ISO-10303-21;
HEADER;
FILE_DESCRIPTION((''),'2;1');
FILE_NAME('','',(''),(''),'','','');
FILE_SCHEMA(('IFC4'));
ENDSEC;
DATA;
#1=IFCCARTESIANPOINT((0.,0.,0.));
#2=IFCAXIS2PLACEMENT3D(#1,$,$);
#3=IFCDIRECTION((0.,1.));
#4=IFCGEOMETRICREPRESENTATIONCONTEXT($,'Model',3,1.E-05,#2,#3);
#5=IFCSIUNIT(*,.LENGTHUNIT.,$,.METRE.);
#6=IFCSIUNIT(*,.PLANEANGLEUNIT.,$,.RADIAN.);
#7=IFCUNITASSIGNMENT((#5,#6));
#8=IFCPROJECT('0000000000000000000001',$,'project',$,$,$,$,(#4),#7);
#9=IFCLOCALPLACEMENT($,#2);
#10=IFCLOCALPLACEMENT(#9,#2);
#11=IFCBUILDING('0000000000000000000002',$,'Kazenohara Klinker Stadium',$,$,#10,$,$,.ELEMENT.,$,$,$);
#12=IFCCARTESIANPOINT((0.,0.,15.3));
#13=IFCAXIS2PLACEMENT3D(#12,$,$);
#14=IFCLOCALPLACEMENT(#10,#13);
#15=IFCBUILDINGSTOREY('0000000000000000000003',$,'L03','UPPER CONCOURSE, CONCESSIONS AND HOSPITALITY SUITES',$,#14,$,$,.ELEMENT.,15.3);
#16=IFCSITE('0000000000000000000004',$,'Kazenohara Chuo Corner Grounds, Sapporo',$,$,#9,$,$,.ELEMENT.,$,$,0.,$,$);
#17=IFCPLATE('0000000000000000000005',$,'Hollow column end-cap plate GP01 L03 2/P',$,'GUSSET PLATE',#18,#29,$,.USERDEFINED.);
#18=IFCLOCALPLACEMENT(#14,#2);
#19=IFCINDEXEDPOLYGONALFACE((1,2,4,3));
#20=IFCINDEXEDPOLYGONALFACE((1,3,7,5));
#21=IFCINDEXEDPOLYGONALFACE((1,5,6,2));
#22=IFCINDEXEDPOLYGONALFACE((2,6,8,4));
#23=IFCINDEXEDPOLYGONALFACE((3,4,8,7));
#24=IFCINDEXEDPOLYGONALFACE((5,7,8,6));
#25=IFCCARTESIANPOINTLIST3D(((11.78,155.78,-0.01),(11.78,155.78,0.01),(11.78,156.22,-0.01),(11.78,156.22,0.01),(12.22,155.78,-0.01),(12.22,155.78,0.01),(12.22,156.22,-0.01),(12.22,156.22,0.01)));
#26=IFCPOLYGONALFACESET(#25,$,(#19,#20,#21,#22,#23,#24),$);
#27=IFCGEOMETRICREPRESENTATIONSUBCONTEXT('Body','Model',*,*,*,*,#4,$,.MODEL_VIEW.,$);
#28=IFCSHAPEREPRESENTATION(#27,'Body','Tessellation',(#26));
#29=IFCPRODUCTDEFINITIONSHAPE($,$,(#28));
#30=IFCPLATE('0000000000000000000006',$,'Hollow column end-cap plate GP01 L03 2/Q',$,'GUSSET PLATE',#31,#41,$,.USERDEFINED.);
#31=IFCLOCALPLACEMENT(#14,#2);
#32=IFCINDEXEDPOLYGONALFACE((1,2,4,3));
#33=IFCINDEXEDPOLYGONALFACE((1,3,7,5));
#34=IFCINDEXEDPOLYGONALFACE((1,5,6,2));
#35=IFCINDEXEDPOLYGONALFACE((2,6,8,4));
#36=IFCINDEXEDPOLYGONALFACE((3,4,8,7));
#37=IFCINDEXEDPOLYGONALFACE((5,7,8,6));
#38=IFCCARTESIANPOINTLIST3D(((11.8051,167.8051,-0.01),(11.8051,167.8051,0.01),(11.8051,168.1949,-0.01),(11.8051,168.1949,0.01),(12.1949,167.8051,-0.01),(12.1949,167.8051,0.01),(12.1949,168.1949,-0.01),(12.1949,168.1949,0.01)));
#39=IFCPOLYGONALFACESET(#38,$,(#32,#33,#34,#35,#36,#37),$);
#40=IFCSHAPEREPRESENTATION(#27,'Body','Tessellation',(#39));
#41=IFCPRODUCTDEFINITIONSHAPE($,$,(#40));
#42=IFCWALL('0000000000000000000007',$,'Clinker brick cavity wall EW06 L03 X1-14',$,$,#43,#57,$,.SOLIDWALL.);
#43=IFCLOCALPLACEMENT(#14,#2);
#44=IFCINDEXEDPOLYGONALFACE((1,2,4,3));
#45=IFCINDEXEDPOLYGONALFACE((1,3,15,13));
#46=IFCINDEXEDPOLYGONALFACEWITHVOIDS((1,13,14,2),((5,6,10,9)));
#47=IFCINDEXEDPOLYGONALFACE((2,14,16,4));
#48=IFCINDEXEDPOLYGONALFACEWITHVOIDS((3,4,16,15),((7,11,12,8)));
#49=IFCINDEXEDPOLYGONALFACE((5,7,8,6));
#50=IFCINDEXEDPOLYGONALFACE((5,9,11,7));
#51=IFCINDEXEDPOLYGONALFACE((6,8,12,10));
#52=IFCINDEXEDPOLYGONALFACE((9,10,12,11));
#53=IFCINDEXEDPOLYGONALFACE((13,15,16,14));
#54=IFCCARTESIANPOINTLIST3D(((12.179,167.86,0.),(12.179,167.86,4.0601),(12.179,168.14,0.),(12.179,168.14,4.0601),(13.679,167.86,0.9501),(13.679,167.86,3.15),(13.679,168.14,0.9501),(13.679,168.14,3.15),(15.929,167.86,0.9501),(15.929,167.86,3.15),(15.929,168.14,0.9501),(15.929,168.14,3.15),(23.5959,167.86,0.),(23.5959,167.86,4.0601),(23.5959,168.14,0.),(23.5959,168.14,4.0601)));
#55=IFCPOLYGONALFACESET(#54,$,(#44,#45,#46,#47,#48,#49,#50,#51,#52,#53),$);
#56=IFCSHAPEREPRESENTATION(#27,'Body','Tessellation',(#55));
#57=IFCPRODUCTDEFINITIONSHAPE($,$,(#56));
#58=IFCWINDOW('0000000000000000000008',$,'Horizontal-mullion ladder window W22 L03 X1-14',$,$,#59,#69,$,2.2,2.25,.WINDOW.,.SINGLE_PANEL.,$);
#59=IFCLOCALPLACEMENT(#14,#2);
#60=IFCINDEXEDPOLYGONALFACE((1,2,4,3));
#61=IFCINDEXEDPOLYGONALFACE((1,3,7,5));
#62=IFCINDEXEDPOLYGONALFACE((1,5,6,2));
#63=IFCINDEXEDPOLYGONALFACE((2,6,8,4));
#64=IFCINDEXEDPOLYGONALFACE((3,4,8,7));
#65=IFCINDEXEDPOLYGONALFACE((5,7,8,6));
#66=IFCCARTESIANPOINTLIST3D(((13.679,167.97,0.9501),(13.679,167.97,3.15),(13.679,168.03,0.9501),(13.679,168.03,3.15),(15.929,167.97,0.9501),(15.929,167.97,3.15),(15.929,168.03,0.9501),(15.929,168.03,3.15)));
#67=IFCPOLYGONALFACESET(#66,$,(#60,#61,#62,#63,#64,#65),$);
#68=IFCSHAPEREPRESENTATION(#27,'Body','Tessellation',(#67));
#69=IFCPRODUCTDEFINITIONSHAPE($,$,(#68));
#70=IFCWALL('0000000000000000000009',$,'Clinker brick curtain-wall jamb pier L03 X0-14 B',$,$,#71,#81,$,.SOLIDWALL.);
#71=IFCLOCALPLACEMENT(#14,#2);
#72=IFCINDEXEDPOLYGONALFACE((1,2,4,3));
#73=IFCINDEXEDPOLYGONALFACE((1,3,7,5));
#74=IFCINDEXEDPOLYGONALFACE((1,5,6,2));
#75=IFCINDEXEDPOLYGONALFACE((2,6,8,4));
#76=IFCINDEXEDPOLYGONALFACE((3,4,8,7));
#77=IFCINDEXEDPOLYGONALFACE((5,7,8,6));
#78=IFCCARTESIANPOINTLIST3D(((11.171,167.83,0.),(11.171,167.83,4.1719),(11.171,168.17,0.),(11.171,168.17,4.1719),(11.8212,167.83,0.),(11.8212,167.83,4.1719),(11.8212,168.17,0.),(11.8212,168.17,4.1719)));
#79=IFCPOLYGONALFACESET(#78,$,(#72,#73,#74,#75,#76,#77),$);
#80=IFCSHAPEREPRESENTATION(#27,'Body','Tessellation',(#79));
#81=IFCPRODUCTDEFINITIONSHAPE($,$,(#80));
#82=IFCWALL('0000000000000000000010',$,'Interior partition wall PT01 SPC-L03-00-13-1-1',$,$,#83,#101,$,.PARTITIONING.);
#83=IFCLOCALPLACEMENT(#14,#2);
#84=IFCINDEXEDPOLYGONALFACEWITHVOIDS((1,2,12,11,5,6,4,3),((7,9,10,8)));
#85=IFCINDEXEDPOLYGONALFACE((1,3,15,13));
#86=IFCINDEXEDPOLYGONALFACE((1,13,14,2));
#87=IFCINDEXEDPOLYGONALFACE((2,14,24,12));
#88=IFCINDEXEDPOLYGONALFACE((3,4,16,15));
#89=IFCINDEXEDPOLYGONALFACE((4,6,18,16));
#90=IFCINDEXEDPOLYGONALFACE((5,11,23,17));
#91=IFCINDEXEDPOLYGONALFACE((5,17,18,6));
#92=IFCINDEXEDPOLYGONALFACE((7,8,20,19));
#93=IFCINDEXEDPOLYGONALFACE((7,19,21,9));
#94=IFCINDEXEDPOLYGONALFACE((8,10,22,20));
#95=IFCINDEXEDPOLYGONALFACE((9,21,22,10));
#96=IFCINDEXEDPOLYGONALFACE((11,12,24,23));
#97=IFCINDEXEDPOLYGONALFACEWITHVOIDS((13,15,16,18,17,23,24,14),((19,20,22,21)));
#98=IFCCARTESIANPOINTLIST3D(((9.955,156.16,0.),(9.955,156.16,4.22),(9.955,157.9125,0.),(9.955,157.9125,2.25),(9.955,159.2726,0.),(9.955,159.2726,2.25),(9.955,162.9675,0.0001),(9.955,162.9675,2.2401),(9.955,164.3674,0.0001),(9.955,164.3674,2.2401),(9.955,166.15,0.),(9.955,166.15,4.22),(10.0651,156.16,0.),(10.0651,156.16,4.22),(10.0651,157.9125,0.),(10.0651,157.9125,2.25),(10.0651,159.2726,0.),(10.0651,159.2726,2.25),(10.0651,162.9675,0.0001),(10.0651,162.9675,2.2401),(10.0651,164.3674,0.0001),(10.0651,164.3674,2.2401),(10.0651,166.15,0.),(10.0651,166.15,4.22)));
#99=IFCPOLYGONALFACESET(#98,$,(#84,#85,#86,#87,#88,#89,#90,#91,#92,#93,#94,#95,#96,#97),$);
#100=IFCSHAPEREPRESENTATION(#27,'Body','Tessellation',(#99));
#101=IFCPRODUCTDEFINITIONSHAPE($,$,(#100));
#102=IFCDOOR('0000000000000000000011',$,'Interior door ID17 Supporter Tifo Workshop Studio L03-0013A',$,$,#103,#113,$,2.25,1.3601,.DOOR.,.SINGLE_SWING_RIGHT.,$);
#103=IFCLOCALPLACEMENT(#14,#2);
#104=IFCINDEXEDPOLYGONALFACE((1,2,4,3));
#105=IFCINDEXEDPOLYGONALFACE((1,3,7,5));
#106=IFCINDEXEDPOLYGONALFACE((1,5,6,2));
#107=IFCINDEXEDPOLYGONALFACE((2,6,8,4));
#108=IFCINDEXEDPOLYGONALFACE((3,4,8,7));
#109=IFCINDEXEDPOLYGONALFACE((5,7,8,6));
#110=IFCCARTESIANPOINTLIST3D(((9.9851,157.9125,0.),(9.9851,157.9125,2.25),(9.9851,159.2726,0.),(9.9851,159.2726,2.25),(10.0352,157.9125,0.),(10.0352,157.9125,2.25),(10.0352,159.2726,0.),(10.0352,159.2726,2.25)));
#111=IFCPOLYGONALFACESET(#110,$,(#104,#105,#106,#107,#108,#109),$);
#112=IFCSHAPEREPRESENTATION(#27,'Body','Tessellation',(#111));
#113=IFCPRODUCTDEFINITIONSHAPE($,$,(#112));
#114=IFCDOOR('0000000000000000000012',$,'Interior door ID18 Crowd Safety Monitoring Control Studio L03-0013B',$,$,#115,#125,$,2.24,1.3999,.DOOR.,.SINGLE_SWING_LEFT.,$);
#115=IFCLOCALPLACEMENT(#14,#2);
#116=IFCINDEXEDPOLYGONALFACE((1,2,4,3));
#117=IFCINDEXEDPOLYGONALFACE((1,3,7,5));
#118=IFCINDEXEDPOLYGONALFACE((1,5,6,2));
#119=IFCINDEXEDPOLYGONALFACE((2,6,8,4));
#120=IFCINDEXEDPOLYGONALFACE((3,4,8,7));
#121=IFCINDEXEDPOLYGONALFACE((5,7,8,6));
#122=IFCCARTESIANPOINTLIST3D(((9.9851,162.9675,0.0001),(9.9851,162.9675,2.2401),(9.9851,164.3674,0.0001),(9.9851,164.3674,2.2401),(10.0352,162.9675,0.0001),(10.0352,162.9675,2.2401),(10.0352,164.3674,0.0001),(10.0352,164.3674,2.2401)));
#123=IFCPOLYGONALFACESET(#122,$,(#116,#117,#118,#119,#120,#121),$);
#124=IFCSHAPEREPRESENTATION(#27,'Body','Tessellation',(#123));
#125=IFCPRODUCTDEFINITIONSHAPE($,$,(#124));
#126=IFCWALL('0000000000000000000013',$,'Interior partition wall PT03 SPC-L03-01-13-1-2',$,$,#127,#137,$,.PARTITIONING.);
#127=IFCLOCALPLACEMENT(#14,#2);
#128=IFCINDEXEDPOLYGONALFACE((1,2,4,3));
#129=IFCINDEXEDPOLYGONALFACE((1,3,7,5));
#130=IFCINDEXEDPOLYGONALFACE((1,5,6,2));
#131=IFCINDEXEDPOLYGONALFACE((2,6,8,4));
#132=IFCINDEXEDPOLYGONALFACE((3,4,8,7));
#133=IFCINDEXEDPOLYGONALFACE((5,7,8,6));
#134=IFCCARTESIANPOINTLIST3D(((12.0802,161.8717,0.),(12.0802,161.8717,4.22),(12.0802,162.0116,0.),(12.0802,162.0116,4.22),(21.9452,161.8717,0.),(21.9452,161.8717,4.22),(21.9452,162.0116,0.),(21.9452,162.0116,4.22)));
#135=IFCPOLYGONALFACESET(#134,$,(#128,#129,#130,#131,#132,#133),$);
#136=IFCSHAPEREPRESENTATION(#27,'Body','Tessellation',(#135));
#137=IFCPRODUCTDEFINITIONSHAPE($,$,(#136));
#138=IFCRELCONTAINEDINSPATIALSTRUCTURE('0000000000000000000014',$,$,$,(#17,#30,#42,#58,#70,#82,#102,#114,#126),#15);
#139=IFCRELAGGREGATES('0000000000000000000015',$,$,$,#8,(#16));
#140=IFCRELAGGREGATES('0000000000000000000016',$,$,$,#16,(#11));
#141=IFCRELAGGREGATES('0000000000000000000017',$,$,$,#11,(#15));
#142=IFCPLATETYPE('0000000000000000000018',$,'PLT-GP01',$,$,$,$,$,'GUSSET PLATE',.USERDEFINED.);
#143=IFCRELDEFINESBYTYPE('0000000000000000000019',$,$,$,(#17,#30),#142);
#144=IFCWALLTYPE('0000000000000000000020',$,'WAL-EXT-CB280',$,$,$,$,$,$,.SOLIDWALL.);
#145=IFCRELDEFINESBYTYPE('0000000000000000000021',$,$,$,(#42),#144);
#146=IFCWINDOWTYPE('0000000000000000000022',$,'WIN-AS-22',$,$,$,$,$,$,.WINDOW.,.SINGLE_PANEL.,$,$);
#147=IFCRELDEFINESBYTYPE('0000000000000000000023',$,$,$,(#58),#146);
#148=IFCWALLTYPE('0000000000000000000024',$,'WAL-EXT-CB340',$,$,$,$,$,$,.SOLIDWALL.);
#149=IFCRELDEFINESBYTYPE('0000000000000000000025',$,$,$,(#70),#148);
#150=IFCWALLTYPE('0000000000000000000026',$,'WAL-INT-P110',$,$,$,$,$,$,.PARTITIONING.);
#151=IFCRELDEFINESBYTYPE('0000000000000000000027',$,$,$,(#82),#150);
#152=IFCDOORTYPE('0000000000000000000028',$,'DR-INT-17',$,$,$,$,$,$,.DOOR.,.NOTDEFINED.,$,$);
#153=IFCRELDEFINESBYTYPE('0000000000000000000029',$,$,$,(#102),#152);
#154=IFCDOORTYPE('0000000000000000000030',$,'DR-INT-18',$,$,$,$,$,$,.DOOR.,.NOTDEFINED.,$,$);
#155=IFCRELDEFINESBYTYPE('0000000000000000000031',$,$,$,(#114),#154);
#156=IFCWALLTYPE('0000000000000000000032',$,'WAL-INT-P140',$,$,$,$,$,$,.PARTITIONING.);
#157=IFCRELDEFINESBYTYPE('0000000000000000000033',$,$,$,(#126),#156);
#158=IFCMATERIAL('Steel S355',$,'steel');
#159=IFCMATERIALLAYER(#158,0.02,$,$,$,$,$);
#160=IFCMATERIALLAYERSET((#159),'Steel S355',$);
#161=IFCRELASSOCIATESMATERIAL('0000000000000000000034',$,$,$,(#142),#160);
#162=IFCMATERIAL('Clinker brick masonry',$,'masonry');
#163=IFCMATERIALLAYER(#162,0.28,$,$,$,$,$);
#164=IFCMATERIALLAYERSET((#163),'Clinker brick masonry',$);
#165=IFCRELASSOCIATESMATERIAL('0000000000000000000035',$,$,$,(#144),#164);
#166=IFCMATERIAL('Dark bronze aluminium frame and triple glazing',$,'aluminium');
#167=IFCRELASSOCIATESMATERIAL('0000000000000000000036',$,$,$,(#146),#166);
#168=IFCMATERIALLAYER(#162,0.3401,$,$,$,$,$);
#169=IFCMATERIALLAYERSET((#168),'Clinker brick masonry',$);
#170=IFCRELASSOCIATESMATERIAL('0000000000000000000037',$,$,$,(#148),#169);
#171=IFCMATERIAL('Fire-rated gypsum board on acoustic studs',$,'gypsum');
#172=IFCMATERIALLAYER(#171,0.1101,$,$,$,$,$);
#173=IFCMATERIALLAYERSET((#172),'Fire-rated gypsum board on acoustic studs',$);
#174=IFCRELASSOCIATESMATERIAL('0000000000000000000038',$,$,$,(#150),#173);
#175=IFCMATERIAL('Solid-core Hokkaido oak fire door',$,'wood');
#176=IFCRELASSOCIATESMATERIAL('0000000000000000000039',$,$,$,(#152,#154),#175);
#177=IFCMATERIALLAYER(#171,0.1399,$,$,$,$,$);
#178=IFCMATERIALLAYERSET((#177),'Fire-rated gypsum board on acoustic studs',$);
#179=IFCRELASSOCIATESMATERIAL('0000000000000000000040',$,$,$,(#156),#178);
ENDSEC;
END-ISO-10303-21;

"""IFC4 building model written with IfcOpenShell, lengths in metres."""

from ifc_helpers import new_model, si_unit, direction, frame, frame_2d, origin, origin_2d, place, context, subcontext, project, spatial, rectangle, extrude, material, layer, layer_set, type_object, element, fill, save


model = new_model("IFC4")

# Units and contexts
model_context = context("Model", 3, precision=1e-05, world=origin(), true_north=direction((0.0, 1.0)))
body_context = subcontext(model_context, "Body", "Model", "MODEL_VIEW")
ifc_project = project(units=[si_unit("LENGTHUNIT", "METRE"), si_unit("PLANEANGLEUNIT", "RADIAN")], contexts=[model_context])

# Site, building, storey
site_placement = place(None, origin())
site = spatial("IfcSite", under=ifc_project, at=site_placement, Name="Kazenohara Chuo Corner Grounds, Sapporo", CompositionType="ELEMENT", RefElevation=0.0)
building_placement = place(site_placement, origin())
building = spatial("IfcBuilding", under=site, at=building_placement, Name="Kazenohara Klinker Stadium", CompositionType="ELEMENT")
storey_placement = place(building_placement, frame((0.0, 0.0, 15.3)))
storey = spatial("IfcBuildingStorey", under=building, at=storey_placement, Name="L03", Description="UPPER CONCOURSE, CONCESSIONS AND HOSPITALITY SUITES", CompositionType="ELEMENT", Elevation=15.3)

# Shared definitions
ifc_material_1 = material(Name="Steel S355", Category="steel")

# Plates
ifc_layer_1 = layer(ifc_material_1, 0.02)
ifc_layer_set_1 = layer_set([ifc_layer_1], Name="Steel S355")
plate_type_1 = type_object("IfcPlateType", Name="PLT-GP01", ElementType="GUSSET PLATE", PredefinedType="USERDEFINED", material=ifc_layer_set_1)
plate_1_placement = place(storey_placement, frame((12.0, 156.0, -0.01), z_axis=(0.0, 0.0, 1.0), x_axis=(1.0, 0.0, 0.0)))
element("IfcPlate", 1, at=plate_1_placement, inside=storey, type_object=plate_type_1, Name="Hollow column end-cap plate GP01 L03 2/P", ObjectType="GUSSET PLATE", PredefinedType="USERDEFINED", context=body_context, shape_type="SweptSolid", body=[
    extrude(rectangle(XDim=0.4399, YDim=0.4399, at=origin_2d()), origin(), (0.0, 0.0, 1.0), 0.02),
])
plate_2_placement = place(storey_placement, frame((12.0, 168.0, -0.01), z_axis=(0.0, 0.0, 1.0), x_axis=(1.0, 0.0, 0.0)))
element("IfcPlate", 2, at=plate_2_placement, inside=storey, type_object=plate_type_1, Name="Hollow column end-cap plate GP01 L03 2/Q", ObjectType="GUSSET PLATE", PredefinedType="USERDEFINED", context=body_context, shape_type="SweptSolid", body=[
    extrude(rectangle(XDim=0.3899, YDim=0.3899, at=origin_2d()), origin(), (0.0, 0.0, 1.0), 0.02),
])

# Wall, opening, window
ifc_material_2 = material(Name="Clinker brick masonry", Category="masonry")
ifc_layer_2 = layer(ifc_material_2, 0.28)
ifc_layer_set_2 = layer_set([ifc_layer_2], Name="Clinker brick masonry")
wall_type_1 = type_object("IfcWallType", Name="WAL-EXT-CB280", PredefinedType="SOLIDWALL", material=ifc_layer_set_2)
wall_1_placement = place(storey_placement, frame((12.179, 168.0, 0.0), z_axis=(0.0, 0.0, 1.0), x_axis=(1.0, 0.0, 0.0)))
wall_1 = element("IfcWall", 3, at=wall_1_placement, inside=storey, type_object=wall_type_1, Name="Clinker brick cavity wall EW06 L03 X1-14", PredefinedType="SOLIDWALL", context=body_context, shape_type="SweptSolid", body=[
    extrude(rectangle(XDim=11.417, YDim=0.28, at=frame_2d((5.7085, 0.0))), origin(), (0.0, 0.0, 1.0), 4.0601),
])
opening_1_placement = place(wall_1_placement, frame((1.5, 0.0, 0.95)))
opening_1 = element("IfcOpeningElement", 4, at=opening_1_placement, cuts=wall_1, PredefinedType="OPENING", context=body_context, shape_type="SweptSolid", body=[
    extrude(rectangle(XDim=2.25, YDim=2.2, at=frame_2d((1.125, 1.1001))), frame((0.0, 0.1499, 0.0), z_axis=(0.0, -1.0, 0.0), x_axis=(1.0, 0.0, 0.0)), (0.0, 0.0, 1.0), 0.3),
])
ifc_material_3 = material(Name="Dark bronze aluminium frame and triple glazing", Category="aluminium")
window_type = type_object("IfcWindowType", Name="WIN-AS-22", PartitioningType="SINGLE_PANEL", PredefinedType="WINDOW", material=ifc_material_3)
window_placement = place(opening_1_placement, origin())
window = element("IfcWindow", 5, at=window_placement, inside=storey, type_object=window_type, Name="Horizontal-mullion ladder window W22 L03 X1-14", OverallHeight=2.2, OverallWidth=2.25, PartitioningType="SINGLE_PANEL", PredefinedType="WINDOW", context=body_context, shape_type="SweptSolid", body=[
    extrude(rectangle(XDim=2.25, YDim=2.2, at=frame_2d((1.125, 1.1001))), frame((0.0, 0.03, 0.0), z_axis=(0.0, -1.0, 0.0), x_axis=(1.0, 0.0, 0.0)), (0.0, 0.0, 1.0), 0.0601),
])
fill(opening_1, window)

# Wall
ifc_layer_3 = layer(ifc_material_2, 0.3401)
ifc_layer_set_3 = layer_set([ifc_layer_3], Name="Clinker brick masonry")
wall_type_2 = type_object("IfcWallType", Name="WAL-EXT-CB340", PredefinedType="SOLIDWALL", material=ifc_layer_set_3)
wall_2_placement = place(storey_placement, frame((11.1709, 168.0, 0.0), z_axis=(0.0, 0.0, 1.0), x_axis=(1.0, 0.0, 0.0)))
element("IfcWall", 6, at=wall_2_placement, inside=storey, type_object=wall_type_2, Name="Clinker brick curtain-wall jamb pier L03 X0-14 B", PredefinedType="SOLIDWALL", context=body_context, shape_type="SweptSolid", body=[
    extrude(rectangle(XDim=0.6501, YDim=0.3401, at=frame_2d((0.3252, 0.0))), origin(), (0.0, 0.0, 1.0), 4.1719),
])

# Wall, openings, doors
ifc_material_4 = material(Name="Fire-rated gypsum board on acoustic studs", Category="gypsum")
ifc_layer_4 = layer(ifc_material_4, 0.1101)
ifc_layer_set_4 = layer_set([ifc_layer_4], Name="Fire-rated gypsum board on acoustic studs")
wall_type_3 = type_object("IfcWallType", Name="WAL-INT-P110", PredefinedType="PARTITIONING", material=ifc_layer_set_4)
wall_3_placement = place(storey_placement, frame((10.01, 156.1599, 0.0), z_axis=(0.0, 0.0, 1.0), x_axis=(0.0, 1.0, 0.0)))
wall_3 = element("IfcWall", 7, at=wall_3_placement, inside=storey, type_object=wall_type_3, Name="Interior partition wall PT01 SPC-L03-00-13-1-1", PredefinedType="PARTITIONING", context=body_context, shape_type="SweptSolid", body=[
    extrude(rectangle(XDim=9.99, YDim=0.1101, at=frame_2d((4.9951, 0.0))), origin(), (0.0, 0.0, 1.0), 4.22),
])
opening_2_placement = place(wall_3_placement, frame((1.7524, 0.0, 0.0)))
opening_2 = element("IfcOpeningElement", 8, at=opening_2_placement, cuts=wall_3, PredefinedType="OPENING", context=body_context, shape_type="SweptSolid", body=[
    extrude(rectangle(XDim=1.3601, YDim=2.25, at=frame_2d((0.6802, 1.125))), frame((0.0, 0.0649, 0.0), z_axis=(0.0, -1.0, 0.0), x_axis=(1.0, 0.0, 0.0)), (0.0, 0.0, 1.0), 0.1301),
])
opening_3_placement = place(wall_3_placement, frame((6.8076, 0.0, 0.0)))
opening_3 = element("IfcOpeningElement", 9, at=opening_3_placement, cuts=wall_3, PredefinedType="OPENING", context=body_context, shape_type="SweptSolid", body=[
    extrude(rectangle(XDim=1.3999, YDim=2.24, at=frame_2d((0.7, 1.1201))), frame((0.0, 0.0649, 0.0), z_axis=(0.0, -1.0, 0.0), x_axis=(1.0, 0.0, 0.0)), (0.0, 0.0, 1.0), 0.1301),
])
ifc_material_5 = material(Name="Solid-core Hokkaido oak fire door", Category="wood")
door_type_1 = type_object("IfcDoorType", Name="DR-INT-17", OperationType="NOTDEFINED", PredefinedType="DOOR", material=ifc_material_5)
door_1_placement = place(opening_2_placement, origin())
door_1 = element("IfcDoor", 10, at=door_1_placement, inside=storey, type_object=door_type_1, Name="Interior door ID17 Supporter Tifo Workshop Studio L03-0013A", OperationType="SINGLE_SWING_RIGHT", OverallHeight=2.25, OverallWidth=1.3601, PredefinedType="DOOR", context=body_context, shape_type="SweptSolid", body=[
    extrude(rectangle(XDim=1.3601, YDim=2.25, at=frame_2d((0.6802, 1.125))), frame((0.0, 0.0249, 0.0), z_axis=(0.0, -1.0, 0.0), x_axis=(1.0, 0.0, 0.0)), (0.0, 0.0, 1.0), 0.05),
])
fill(opening_2, door_1)
door_type_2 = type_object("IfcDoorType", Name="DR-INT-18", OperationType="NOTDEFINED", PredefinedType="DOOR", material=ifc_material_5)
door_2_placement = place(opening_3_placement, origin())
door_2 = element("IfcDoor", 11, at=door_2_placement, inside=storey, type_object=door_type_2, Name="Interior door ID18 Crowd Safety Monitoring Control Studio L03-0013B", OperationType="SINGLE_SWING_LEFT", OverallHeight=2.24, OverallWidth=1.3999, PredefinedType="DOOR", context=body_context, shape_type="SweptSolid", body=[
    extrude(rectangle(XDim=1.3999, YDim=2.24, at=frame_2d((0.7, 1.1201))), frame((0.0, 0.0249, 0.0), z_axis=(0.0, -1.0, 0.0), x_axis=(1.0, 0.0, 0.0)), (0.0, 0.0, 1.0), 0.05),
])
fill(opening_3, door_2)

# Wall
ifc_layer_5 = layer(ifc_material_4, 0.1399)
ifc_layer_set_5 = layer_set([ifc_layer_5], Name="Fire-rated gypsum board on acoustic studs")
wall_type_4 = type_object("IfcWallType", Name="WAL-INT-P140", PredefinedType="PARTITIONING", material=ifc_layer_set_5)
wall_4_placement = place(storey_placement, frame((12.0801, 161.9417, 0.0), z_axis=(0.0, 0.0, 1.0), x_axis=(1.0, 0.0, 0.0)))
element("IfcWall", 12, at=wall_4_placement, inside=storey, type_object=wall_type_4, Name="Interior partition wall PT03 SPC-L03-01-13-1-2", PredefinedType="PARTITIONING", context=body_context, shape_type="SweptSolid", body=[
    extrude(rectangle(XDim=9.865, YDim=0.1399, at=frame_2d((4.9326, 0.0))), origin(), (0.0, 0.0, 1.0), 4.22),
])

save(model, "model.ifc")
